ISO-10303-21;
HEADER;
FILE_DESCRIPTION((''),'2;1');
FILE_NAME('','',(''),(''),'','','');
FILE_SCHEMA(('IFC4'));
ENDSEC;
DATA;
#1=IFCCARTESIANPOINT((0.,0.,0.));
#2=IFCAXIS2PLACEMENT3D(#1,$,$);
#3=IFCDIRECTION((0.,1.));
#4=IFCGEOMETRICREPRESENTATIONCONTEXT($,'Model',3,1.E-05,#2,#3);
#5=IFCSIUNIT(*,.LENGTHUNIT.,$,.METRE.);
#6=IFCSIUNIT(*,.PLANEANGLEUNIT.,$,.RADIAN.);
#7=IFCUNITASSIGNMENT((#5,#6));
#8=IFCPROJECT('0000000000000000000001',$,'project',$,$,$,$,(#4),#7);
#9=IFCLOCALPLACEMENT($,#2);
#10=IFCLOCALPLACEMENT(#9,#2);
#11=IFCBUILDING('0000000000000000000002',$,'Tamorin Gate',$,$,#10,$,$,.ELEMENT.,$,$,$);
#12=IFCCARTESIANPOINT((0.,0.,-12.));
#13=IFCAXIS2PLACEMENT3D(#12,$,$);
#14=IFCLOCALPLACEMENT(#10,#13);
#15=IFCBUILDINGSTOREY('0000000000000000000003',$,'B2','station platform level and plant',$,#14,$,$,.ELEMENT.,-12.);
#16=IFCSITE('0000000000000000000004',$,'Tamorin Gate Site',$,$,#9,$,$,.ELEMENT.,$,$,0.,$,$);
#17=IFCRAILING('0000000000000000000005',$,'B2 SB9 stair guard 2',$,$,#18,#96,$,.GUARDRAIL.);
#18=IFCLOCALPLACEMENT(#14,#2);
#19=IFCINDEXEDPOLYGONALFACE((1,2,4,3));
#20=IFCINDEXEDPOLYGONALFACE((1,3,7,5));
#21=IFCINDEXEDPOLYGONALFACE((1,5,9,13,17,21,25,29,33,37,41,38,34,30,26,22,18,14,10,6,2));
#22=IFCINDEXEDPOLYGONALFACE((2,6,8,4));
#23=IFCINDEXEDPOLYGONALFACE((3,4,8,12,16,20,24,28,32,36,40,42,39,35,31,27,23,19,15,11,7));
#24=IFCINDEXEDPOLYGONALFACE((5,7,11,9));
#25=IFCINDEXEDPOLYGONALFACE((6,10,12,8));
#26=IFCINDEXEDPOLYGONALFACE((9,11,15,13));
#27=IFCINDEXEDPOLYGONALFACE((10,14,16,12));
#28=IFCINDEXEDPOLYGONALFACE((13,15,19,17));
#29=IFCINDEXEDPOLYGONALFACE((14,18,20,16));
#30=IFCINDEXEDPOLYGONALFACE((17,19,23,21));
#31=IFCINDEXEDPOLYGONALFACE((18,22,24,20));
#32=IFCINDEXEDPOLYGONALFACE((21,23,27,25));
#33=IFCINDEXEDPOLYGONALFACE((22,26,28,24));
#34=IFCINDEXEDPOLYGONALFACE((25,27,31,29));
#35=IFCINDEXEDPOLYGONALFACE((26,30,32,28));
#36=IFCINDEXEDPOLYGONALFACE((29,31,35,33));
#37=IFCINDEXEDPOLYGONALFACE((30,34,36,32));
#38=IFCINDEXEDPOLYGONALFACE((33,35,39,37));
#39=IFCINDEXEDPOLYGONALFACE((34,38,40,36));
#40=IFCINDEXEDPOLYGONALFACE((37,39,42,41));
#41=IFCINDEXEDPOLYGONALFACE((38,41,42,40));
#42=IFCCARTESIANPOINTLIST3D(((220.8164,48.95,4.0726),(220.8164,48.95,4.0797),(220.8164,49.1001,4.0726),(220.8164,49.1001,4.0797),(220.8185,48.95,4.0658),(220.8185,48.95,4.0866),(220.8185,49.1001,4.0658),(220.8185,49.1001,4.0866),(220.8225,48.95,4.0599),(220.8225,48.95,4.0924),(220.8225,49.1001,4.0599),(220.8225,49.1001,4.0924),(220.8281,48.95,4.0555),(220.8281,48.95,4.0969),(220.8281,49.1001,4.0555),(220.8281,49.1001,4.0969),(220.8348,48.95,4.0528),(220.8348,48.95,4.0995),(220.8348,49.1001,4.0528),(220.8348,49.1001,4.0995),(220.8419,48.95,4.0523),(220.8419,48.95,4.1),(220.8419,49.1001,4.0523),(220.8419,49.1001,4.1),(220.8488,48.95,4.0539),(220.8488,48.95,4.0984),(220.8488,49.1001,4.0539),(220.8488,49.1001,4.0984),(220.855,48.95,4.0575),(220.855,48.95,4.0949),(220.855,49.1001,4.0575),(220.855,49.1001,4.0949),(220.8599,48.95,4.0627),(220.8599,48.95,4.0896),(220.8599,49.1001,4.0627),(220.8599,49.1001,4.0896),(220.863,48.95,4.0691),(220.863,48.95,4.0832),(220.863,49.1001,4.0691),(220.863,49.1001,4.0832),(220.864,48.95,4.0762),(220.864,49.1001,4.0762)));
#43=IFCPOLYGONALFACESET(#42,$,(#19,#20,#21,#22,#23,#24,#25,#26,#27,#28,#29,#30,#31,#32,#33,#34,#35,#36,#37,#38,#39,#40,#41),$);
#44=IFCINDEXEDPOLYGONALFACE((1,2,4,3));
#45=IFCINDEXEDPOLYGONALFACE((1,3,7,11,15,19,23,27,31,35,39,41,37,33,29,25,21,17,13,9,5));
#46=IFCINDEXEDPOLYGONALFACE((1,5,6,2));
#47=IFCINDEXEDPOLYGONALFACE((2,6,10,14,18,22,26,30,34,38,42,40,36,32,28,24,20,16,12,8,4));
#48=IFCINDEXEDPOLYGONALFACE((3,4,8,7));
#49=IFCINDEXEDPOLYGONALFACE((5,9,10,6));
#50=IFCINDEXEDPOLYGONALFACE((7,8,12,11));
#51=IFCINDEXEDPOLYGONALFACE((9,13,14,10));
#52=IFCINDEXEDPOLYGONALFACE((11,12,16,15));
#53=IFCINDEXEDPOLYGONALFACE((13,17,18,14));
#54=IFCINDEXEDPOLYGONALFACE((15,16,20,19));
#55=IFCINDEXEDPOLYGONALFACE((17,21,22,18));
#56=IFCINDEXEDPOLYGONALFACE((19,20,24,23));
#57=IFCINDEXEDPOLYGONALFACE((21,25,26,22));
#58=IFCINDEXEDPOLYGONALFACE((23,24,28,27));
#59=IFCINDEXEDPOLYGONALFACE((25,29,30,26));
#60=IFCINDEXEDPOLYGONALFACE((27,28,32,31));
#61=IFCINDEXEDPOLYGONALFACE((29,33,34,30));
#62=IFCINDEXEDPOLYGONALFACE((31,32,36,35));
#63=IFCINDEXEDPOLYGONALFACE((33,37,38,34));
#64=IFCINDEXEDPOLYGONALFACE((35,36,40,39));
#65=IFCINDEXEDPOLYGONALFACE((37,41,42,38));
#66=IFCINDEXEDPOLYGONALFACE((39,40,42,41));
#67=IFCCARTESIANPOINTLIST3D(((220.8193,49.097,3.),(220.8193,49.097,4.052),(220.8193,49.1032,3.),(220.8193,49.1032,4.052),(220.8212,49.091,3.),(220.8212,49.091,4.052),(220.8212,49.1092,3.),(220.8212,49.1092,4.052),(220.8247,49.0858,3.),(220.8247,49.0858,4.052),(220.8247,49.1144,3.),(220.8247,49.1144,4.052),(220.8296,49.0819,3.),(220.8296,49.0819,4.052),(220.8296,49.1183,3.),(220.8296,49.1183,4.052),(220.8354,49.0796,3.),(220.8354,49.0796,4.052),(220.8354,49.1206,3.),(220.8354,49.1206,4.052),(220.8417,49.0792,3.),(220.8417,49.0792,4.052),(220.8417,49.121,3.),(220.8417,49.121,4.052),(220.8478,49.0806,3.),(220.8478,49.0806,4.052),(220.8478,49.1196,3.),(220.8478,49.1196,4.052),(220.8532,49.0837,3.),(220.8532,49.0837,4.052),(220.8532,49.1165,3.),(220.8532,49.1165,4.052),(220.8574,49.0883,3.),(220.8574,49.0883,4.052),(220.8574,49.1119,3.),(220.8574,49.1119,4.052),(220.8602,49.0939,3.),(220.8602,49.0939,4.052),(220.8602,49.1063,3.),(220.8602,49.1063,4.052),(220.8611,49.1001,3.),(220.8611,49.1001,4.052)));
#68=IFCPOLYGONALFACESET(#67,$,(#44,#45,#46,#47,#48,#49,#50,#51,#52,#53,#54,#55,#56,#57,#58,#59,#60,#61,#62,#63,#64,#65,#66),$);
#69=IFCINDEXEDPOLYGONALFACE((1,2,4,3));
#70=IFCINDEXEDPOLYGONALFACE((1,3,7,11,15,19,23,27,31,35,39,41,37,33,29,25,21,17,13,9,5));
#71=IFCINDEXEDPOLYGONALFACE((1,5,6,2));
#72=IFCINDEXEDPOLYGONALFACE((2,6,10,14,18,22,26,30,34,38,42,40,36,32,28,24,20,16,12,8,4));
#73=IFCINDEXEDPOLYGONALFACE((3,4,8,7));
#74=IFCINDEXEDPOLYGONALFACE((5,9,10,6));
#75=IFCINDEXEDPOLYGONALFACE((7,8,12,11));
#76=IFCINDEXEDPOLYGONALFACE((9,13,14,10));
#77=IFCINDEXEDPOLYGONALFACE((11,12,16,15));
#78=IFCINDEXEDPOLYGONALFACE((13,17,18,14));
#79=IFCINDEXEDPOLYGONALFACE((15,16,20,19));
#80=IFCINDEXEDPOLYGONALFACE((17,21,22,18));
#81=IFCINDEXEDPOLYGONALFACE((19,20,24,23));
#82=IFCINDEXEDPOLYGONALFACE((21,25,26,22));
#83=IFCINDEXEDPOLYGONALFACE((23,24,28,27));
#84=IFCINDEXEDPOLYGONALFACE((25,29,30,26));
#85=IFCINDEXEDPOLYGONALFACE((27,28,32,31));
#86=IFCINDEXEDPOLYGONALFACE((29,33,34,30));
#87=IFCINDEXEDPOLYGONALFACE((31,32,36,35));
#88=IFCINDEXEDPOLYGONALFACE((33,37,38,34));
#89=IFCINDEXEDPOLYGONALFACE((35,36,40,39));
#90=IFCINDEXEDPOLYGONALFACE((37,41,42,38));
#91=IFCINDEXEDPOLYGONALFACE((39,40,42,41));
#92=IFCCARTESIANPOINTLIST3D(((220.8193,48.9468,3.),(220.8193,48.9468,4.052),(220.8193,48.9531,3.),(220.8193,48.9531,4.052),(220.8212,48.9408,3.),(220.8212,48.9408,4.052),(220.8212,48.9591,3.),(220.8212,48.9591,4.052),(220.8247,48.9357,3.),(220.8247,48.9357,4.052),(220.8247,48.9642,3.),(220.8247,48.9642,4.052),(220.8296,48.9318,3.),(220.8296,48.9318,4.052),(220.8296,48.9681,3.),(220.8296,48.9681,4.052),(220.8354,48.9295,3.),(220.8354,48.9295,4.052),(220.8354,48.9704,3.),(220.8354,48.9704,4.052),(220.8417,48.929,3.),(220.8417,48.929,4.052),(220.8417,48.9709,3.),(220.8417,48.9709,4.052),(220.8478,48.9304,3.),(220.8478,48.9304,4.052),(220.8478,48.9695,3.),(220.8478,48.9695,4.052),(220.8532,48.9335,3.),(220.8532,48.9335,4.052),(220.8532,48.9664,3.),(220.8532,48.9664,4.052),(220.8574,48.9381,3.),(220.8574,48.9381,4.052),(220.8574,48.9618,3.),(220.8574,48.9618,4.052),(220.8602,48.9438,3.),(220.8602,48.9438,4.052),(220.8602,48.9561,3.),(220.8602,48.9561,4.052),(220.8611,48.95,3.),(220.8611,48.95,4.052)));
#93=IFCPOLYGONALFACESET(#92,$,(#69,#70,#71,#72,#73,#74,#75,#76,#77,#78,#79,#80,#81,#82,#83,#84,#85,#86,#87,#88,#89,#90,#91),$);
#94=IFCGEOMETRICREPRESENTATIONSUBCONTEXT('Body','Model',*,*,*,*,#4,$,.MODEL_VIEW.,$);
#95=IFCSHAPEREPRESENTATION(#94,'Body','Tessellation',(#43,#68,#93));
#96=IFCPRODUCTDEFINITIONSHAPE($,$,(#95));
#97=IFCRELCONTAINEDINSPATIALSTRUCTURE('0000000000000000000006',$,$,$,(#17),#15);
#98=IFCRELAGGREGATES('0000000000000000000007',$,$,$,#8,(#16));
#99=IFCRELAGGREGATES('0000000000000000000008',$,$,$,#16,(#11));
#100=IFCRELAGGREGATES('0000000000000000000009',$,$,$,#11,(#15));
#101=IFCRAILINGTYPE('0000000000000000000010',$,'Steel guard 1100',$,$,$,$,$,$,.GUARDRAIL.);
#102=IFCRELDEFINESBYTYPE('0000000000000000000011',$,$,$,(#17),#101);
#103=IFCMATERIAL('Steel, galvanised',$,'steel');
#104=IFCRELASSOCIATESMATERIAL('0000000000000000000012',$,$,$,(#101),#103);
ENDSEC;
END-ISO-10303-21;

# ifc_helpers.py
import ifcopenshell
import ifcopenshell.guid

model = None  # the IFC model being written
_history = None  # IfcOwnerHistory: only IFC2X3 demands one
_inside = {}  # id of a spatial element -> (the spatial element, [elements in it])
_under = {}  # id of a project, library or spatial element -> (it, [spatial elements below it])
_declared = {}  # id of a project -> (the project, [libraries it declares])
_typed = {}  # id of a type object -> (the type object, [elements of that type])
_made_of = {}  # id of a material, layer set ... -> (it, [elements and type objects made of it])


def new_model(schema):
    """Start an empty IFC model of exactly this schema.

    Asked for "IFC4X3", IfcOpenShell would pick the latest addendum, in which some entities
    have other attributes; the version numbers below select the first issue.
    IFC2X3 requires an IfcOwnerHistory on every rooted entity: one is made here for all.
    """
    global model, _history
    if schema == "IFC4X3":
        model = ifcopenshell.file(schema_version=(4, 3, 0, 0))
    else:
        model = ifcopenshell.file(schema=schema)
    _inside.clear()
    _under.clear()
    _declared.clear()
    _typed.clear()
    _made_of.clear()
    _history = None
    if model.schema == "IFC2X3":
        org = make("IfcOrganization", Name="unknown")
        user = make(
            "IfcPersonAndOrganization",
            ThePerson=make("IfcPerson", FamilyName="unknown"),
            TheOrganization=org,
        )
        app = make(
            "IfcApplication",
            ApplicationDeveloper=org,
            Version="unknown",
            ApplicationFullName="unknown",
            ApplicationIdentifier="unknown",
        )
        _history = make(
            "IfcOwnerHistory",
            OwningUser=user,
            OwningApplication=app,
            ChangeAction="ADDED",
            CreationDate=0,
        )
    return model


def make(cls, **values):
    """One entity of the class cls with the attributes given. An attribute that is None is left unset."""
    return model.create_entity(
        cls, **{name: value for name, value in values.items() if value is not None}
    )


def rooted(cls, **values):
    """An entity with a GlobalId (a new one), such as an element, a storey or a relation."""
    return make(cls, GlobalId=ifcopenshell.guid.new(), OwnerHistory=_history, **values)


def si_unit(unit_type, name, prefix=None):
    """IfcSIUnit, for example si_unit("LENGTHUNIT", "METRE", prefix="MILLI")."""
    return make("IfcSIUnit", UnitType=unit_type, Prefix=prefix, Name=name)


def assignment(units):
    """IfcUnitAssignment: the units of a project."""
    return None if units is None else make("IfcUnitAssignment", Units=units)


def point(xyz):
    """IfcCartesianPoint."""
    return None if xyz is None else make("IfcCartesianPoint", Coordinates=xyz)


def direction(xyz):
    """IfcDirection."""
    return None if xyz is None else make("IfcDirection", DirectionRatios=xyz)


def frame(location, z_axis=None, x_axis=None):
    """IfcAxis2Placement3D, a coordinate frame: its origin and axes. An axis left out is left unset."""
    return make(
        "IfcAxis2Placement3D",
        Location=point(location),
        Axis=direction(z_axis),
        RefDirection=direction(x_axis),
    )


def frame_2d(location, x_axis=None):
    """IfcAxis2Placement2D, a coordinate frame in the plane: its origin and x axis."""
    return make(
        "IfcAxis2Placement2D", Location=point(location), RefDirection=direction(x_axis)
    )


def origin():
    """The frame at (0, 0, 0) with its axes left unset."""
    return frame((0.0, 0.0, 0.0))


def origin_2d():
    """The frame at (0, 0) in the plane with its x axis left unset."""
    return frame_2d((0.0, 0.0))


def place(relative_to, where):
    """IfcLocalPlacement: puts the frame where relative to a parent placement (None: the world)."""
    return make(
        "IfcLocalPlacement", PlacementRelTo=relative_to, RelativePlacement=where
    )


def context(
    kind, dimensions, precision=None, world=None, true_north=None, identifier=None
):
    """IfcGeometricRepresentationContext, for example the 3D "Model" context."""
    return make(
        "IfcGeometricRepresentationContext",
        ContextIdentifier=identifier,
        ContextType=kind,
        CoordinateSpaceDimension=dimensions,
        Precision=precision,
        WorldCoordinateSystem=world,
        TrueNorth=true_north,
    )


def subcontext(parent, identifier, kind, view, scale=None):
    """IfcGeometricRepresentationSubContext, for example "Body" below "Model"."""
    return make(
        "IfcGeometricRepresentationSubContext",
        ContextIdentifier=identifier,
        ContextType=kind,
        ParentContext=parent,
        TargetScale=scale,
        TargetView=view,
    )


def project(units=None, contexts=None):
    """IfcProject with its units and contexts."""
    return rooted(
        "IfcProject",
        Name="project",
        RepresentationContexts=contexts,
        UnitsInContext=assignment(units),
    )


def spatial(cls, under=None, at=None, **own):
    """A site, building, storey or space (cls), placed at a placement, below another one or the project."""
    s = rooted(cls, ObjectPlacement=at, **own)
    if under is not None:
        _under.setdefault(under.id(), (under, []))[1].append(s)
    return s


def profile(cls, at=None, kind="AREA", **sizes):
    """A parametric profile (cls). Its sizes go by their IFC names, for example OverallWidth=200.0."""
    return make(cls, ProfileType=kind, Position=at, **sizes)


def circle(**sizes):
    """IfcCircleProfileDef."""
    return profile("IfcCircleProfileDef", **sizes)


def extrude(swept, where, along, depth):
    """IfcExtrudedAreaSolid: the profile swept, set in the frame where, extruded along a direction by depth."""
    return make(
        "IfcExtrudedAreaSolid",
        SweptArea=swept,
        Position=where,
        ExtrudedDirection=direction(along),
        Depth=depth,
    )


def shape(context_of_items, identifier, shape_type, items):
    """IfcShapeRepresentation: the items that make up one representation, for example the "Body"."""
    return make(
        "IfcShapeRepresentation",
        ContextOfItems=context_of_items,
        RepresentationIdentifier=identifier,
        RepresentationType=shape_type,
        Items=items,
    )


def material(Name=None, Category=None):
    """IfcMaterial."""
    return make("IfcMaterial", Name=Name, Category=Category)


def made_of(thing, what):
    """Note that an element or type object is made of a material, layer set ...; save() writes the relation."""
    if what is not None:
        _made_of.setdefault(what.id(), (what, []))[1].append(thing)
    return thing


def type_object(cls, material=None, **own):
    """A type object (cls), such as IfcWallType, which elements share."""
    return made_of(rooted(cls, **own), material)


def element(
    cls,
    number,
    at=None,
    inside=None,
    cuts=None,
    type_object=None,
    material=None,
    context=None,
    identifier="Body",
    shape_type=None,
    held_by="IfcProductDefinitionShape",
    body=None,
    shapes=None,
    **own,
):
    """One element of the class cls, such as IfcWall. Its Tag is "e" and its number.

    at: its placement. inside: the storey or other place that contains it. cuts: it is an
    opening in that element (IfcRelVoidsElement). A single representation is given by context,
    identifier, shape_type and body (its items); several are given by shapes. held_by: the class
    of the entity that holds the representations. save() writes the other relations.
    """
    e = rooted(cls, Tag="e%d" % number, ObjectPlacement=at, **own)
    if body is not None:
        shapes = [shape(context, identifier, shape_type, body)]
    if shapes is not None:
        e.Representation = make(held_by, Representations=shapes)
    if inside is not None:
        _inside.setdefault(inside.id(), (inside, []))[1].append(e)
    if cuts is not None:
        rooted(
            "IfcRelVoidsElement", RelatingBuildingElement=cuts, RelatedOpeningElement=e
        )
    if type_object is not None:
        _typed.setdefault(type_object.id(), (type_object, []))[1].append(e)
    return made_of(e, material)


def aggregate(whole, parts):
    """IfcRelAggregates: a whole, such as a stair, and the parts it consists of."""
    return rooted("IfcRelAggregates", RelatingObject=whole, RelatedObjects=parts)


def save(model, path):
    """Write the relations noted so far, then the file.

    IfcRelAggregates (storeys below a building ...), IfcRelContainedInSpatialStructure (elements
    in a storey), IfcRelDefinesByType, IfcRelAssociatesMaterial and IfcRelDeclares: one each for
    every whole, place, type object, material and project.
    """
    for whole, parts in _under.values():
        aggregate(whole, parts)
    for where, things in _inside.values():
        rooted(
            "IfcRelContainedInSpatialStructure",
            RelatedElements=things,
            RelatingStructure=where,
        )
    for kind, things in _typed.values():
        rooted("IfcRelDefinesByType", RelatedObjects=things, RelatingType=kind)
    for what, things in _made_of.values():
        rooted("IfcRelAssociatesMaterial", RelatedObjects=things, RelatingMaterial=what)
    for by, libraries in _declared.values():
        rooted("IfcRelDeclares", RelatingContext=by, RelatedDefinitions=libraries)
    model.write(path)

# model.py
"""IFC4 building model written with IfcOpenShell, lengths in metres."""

from ifc_helpers import new_model, si_unit, direction, frame, origin, origin_2d, place, context, subcontext, project, spatial, circle, extrude, material, type_object, element, save


model = new_model("IFC4")

# Units and contexts
model_context = context("Model", 3, precision=1e-05, world=origin(), true_north=direction((0.0, 1.0)))
body_context = subcontext(model_context, "Body", "Model", "MODEL_VIEW")
ifc_project = project(units=[si_unit("LENGTHUNIT", "METRE"), si_unit("PLANEANGLEUNIT", "RADIAN")], contexts=[model_context])

# Site, building, storey
site_placement = place(None, origin())
site = spatial("IfcSite", under=ifc_project, at=site_placement, Name="Tamorin Gate Site", CompositionType="ELEMENT", RefElevation=0.0)
building_placement = place(site_placement, origin())
building = spatial("IfcBuilding", under=site, at=building_placement, Name="Tamorin Gate", CompositionType="ELEMENT")
storey_placement = place(building_placement, frame((0.0, 0.0, -12.0)))
storey = spatial("IfcBuildingStorey", under=building, at=storey_placement, Name="B2", Description="station platform level and plant", CompositionType="ELEMENT", Elevation=-12.0)

# Railing
ifc_material_1 = material(Name="Steel, galvanised", Category="steel")
railing_type_1 = type_object("IfcRailingType", Name="Steel guard 1100", PredefinedType="GUARDRAIL", material=ifc_material_1)
railing_1_placement = place(storey_placement, frame((220.8401, 49.1001, 3.0)))
element("IfcRailing", 1, at=railing_1_placement, inside=storey, type_object=railing_type_1, Name="B2 SB9 stair guard 2", PredefinedType="GUARDRAIL", context=body_context, shape_type="SweptSolid", body=[
    extrude(circle(Radius=0.0239, at=origin_2d()), frame((0.0, 0.0, 1.0762), z_axis=(0.0, -1.0, 0.0), x_axis=(1.0, 0.0, 0.0)), (0.0, 0.0, 1.0), 0.1501),
    extrude(circle(Radius=0.021, at=origin_2d()), origin(), (0.0, 0.0, 1.0), 1.052),
    extrude(circle(Radius=0.021, at=origin_2d()), frame((0.0, -0.1501, 0.0)), (0.0, 0.0, 1.0), 1.052),
])

save(model, "model.ifc")
